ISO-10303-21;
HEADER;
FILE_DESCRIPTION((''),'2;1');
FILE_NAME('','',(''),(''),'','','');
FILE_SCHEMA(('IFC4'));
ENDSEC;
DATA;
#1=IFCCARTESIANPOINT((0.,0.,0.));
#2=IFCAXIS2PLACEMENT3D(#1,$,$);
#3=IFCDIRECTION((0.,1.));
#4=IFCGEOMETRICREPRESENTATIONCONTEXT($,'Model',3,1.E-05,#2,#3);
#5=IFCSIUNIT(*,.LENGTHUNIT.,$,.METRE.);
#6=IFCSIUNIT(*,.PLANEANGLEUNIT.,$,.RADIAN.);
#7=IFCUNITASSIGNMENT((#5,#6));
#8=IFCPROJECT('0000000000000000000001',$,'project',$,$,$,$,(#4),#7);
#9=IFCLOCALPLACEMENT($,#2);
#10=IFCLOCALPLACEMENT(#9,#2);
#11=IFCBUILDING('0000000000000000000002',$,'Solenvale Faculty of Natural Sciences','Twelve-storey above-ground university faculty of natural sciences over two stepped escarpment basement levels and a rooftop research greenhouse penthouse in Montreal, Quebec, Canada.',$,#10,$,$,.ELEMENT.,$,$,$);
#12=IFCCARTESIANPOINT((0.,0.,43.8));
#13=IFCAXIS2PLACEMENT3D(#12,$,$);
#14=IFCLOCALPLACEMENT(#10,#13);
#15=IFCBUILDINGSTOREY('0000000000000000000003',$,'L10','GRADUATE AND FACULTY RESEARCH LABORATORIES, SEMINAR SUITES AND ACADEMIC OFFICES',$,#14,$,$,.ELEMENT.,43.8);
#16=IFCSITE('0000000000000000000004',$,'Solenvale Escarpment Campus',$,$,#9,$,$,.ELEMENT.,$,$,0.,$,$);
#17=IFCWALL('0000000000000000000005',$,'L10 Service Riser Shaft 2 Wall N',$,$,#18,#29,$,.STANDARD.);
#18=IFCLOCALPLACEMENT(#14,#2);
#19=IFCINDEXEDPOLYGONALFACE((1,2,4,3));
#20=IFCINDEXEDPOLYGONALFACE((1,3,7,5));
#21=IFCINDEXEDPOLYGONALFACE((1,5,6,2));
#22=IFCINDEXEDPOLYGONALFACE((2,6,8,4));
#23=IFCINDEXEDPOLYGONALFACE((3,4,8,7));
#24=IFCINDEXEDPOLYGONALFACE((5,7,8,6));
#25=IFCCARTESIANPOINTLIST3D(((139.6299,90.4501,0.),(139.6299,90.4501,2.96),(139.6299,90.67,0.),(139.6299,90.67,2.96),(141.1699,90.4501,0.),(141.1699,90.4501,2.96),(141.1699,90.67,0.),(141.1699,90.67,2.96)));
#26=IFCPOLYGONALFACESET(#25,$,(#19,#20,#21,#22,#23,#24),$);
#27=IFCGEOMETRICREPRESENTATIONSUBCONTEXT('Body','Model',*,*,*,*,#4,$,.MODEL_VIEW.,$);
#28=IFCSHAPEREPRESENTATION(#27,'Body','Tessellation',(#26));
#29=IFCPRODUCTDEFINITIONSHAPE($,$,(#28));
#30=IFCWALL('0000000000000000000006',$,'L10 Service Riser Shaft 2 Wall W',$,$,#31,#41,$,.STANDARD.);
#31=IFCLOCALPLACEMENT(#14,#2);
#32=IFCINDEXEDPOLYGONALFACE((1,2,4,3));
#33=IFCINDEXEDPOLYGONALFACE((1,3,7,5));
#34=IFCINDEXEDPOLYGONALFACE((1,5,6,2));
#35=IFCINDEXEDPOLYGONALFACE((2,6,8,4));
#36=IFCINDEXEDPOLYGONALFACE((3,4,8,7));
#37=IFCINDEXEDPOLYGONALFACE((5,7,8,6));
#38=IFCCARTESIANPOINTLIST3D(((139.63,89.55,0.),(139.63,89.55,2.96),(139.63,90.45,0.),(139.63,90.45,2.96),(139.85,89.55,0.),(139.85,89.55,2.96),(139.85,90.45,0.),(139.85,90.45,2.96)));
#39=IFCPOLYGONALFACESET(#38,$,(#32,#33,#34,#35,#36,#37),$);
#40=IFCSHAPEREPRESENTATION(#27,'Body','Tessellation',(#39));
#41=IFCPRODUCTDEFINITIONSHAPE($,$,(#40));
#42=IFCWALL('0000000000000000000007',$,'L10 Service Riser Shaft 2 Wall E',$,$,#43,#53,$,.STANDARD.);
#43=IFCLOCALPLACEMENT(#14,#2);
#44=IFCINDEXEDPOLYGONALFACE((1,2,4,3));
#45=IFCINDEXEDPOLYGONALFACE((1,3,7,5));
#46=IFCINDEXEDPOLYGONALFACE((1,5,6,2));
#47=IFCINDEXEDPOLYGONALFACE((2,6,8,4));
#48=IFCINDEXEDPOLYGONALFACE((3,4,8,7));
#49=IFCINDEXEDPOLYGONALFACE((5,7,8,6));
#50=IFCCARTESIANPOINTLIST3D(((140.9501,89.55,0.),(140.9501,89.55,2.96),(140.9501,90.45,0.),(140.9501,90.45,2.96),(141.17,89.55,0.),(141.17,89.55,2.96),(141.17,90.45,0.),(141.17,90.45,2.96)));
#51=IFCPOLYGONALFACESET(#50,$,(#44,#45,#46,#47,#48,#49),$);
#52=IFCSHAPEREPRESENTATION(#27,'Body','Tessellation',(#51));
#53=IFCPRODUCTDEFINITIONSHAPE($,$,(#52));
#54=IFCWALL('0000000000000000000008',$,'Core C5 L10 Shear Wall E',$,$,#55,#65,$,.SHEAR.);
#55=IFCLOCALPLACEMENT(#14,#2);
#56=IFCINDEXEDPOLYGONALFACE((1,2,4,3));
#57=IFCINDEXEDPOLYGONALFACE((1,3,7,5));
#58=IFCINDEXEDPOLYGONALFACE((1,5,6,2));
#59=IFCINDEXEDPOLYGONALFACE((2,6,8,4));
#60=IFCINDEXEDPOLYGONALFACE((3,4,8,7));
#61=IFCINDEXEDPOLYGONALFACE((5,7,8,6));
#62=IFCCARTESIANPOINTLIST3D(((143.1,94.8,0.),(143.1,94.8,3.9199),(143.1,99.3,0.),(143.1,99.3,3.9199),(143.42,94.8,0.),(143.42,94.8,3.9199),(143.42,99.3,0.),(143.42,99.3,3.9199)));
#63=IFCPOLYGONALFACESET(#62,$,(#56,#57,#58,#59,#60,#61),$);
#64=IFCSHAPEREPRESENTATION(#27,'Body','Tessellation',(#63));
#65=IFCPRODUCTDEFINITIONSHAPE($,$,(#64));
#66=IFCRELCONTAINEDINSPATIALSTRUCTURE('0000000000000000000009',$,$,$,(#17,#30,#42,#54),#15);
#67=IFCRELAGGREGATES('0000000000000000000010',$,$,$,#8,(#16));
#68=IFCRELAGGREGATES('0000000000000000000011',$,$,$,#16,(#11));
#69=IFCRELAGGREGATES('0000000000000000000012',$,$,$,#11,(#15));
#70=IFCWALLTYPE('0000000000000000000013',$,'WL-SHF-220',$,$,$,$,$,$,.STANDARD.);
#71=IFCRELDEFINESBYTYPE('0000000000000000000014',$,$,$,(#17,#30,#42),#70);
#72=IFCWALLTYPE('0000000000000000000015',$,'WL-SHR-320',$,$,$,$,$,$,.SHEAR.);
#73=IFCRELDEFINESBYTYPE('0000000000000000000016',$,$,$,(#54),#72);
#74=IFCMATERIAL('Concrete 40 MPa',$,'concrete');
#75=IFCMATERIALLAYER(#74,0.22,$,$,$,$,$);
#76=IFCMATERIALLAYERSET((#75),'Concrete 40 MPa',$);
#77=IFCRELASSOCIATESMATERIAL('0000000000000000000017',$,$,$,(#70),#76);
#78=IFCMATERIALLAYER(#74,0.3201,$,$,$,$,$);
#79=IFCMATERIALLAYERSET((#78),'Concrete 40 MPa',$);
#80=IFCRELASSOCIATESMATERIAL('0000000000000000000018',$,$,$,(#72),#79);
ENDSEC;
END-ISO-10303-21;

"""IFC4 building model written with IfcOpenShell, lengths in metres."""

from ifc_helpers import new_model, si_unit, direction, frame, frame_2d, origin, place, context, subcontext, project, spatial, rectangle, extrude, material, layer, layer_set, type_object, element, save


model = new_model("IFC4")

# Units and contexts
model_context = context("Model", 3, precision=1e-05, world=origin(), true_north=direction((0.0, 1.0)))
body_context = subcontext(model_context, "Body", "Model", "MODEL_VIEW")
ifc_project = project(units=[si_unit("LENGTHUNIT", "METRE"), si_unit("PLANEANGLEUNIT", "RADIAN")], contexts=[model_context])

# Site, building, storey
site_placement = place(None, origin())
site = spatial("IfcSite", under=ifc_project, at=site_placement, Name="Solenvale Escarpment Campus", CompositionType="ELEMENT", RefElevation=0.0)
building_placement = place(site_placement, origin())
building = spatial("IfcBuilding", under=site, at=building_placement, Name="Solenvale Faculty of Natural Sciences", Description="Twelve-storey above-ground university faculty of natural sciences over two stepped escarpment basement levels and a rooftop research greenhouse penthouse in Montreal, Quebec, Canada.", CompositionType="ELEMENT")
storey_placement = place(building_placement, frame((0.0, 0.0, 43.8)))
storey = spatial("IfcBuildingStorey", under=building, at=storey_placement, Name="L10", Description="GRADUATE AND FACULTY RESEARCH LABORATORIES, SEMINAR SUITES AND ACADEMIC OFFICES", CompositionType="ELEMENT", Elevation=43.8)

# Shared definitions
ifc_material_1 = material(Name="Concrete 40 MPa", Category="concrete")

# Walls
ifc_layer_1 = layer(ifc_material_1, 0.22)
ifc_layer_set_1 = layer_set([ifc_layer_1], Name="Concrete 40 MPa")
wall_type_1 = type_object("IfcWallType", Name="WL-SHF-220", PredefinedType="STANDARD", material=ifc_layer_set_1)
for number, where, z_axis, x_axis, name in (
    (1, (139.6299, 90.5601, 0.0), (0.0, 0.0, 1.0), (1.0, 0.0, 0.0), "L10 Service Riser Shaft 2 Wall N"),
):
    element("IfcWall", number, at=place(storey_placement, frame(where, z_axis=z_axis, x_axis=x_axis)), inside=storey, type_object=wall_type_1, Name=name, PredefinedType="STANDARD", context=body_context, shape_type="SweptSolid", body=[
        extrude(rectangle(XDim=1.54, YDim=0.22, at=frame_2d((0.77, 0.0))), origin(), (0.0, 0.0, 1.0), 2.96),
    ])
for number, where, z_axis, x_axis, name in (
    (2, (139.74, 89.55, 0.0), (0.0, 0.0, 1.0), (0.0, 1.0, 0.0), "L10 Service Riser Shaft 2 Wall W"),
    (3, (141.0601, 89.55, 0.0), (0.0, 0.0, 1.0), (0.0, 1.0, 0.0), "L10 Service Riser Shaft 2 Wall E"),
):
    element("IfcWall", number, at=place(storey_placement, frame(where, z_axis=z_axis, x_axis=x_axis)), inside=storey, type_object=wall_type_1, Name=name, PredefinedType="STANDARD", context=body_context, shape_type="SweptSolid", body=[
        extrude(rectangle(XDim=0.8999, YDim=0.22, at=frame_2d((0.45, 0.0))), origin(), (0.0, 0.0, 1.0), 2.96),
    ])
ifc_layer_2 = layer(ifc_material_1, 0.3201)
ifc_layer_set_2 = layer_set([ifc_layer_2], Name="Concrete 40 MPa")
wall_type_2 = type_object("IfcWallType", Name="WL-SHR-320", PredefinedType="SHEAR", material=ifc_layer_set_2)
wall_1_placement = place(storey_placement, frame((143.26, 94.8, 0.0), z_axis=(0.0, 0.0, 1.0), x_axis=(0.0, 1.0, 0.0)))
element("IfcWall", 4, at=wall_1_placement, inside=storey, type_object=wall_type_2, Name="Core C5 L10 Shear Wall E", PredefinedType="SHEAR", context=body_context, shape_type="SweptSolid", body=[
    extrude(rectangle(XDim=4.5, YDim=0.3201, at=frame_2d((2.25, 0.0))), origin(), (0.0, 0.0, 1.0), 3.9199),
])

save(model, "model.ifc")
